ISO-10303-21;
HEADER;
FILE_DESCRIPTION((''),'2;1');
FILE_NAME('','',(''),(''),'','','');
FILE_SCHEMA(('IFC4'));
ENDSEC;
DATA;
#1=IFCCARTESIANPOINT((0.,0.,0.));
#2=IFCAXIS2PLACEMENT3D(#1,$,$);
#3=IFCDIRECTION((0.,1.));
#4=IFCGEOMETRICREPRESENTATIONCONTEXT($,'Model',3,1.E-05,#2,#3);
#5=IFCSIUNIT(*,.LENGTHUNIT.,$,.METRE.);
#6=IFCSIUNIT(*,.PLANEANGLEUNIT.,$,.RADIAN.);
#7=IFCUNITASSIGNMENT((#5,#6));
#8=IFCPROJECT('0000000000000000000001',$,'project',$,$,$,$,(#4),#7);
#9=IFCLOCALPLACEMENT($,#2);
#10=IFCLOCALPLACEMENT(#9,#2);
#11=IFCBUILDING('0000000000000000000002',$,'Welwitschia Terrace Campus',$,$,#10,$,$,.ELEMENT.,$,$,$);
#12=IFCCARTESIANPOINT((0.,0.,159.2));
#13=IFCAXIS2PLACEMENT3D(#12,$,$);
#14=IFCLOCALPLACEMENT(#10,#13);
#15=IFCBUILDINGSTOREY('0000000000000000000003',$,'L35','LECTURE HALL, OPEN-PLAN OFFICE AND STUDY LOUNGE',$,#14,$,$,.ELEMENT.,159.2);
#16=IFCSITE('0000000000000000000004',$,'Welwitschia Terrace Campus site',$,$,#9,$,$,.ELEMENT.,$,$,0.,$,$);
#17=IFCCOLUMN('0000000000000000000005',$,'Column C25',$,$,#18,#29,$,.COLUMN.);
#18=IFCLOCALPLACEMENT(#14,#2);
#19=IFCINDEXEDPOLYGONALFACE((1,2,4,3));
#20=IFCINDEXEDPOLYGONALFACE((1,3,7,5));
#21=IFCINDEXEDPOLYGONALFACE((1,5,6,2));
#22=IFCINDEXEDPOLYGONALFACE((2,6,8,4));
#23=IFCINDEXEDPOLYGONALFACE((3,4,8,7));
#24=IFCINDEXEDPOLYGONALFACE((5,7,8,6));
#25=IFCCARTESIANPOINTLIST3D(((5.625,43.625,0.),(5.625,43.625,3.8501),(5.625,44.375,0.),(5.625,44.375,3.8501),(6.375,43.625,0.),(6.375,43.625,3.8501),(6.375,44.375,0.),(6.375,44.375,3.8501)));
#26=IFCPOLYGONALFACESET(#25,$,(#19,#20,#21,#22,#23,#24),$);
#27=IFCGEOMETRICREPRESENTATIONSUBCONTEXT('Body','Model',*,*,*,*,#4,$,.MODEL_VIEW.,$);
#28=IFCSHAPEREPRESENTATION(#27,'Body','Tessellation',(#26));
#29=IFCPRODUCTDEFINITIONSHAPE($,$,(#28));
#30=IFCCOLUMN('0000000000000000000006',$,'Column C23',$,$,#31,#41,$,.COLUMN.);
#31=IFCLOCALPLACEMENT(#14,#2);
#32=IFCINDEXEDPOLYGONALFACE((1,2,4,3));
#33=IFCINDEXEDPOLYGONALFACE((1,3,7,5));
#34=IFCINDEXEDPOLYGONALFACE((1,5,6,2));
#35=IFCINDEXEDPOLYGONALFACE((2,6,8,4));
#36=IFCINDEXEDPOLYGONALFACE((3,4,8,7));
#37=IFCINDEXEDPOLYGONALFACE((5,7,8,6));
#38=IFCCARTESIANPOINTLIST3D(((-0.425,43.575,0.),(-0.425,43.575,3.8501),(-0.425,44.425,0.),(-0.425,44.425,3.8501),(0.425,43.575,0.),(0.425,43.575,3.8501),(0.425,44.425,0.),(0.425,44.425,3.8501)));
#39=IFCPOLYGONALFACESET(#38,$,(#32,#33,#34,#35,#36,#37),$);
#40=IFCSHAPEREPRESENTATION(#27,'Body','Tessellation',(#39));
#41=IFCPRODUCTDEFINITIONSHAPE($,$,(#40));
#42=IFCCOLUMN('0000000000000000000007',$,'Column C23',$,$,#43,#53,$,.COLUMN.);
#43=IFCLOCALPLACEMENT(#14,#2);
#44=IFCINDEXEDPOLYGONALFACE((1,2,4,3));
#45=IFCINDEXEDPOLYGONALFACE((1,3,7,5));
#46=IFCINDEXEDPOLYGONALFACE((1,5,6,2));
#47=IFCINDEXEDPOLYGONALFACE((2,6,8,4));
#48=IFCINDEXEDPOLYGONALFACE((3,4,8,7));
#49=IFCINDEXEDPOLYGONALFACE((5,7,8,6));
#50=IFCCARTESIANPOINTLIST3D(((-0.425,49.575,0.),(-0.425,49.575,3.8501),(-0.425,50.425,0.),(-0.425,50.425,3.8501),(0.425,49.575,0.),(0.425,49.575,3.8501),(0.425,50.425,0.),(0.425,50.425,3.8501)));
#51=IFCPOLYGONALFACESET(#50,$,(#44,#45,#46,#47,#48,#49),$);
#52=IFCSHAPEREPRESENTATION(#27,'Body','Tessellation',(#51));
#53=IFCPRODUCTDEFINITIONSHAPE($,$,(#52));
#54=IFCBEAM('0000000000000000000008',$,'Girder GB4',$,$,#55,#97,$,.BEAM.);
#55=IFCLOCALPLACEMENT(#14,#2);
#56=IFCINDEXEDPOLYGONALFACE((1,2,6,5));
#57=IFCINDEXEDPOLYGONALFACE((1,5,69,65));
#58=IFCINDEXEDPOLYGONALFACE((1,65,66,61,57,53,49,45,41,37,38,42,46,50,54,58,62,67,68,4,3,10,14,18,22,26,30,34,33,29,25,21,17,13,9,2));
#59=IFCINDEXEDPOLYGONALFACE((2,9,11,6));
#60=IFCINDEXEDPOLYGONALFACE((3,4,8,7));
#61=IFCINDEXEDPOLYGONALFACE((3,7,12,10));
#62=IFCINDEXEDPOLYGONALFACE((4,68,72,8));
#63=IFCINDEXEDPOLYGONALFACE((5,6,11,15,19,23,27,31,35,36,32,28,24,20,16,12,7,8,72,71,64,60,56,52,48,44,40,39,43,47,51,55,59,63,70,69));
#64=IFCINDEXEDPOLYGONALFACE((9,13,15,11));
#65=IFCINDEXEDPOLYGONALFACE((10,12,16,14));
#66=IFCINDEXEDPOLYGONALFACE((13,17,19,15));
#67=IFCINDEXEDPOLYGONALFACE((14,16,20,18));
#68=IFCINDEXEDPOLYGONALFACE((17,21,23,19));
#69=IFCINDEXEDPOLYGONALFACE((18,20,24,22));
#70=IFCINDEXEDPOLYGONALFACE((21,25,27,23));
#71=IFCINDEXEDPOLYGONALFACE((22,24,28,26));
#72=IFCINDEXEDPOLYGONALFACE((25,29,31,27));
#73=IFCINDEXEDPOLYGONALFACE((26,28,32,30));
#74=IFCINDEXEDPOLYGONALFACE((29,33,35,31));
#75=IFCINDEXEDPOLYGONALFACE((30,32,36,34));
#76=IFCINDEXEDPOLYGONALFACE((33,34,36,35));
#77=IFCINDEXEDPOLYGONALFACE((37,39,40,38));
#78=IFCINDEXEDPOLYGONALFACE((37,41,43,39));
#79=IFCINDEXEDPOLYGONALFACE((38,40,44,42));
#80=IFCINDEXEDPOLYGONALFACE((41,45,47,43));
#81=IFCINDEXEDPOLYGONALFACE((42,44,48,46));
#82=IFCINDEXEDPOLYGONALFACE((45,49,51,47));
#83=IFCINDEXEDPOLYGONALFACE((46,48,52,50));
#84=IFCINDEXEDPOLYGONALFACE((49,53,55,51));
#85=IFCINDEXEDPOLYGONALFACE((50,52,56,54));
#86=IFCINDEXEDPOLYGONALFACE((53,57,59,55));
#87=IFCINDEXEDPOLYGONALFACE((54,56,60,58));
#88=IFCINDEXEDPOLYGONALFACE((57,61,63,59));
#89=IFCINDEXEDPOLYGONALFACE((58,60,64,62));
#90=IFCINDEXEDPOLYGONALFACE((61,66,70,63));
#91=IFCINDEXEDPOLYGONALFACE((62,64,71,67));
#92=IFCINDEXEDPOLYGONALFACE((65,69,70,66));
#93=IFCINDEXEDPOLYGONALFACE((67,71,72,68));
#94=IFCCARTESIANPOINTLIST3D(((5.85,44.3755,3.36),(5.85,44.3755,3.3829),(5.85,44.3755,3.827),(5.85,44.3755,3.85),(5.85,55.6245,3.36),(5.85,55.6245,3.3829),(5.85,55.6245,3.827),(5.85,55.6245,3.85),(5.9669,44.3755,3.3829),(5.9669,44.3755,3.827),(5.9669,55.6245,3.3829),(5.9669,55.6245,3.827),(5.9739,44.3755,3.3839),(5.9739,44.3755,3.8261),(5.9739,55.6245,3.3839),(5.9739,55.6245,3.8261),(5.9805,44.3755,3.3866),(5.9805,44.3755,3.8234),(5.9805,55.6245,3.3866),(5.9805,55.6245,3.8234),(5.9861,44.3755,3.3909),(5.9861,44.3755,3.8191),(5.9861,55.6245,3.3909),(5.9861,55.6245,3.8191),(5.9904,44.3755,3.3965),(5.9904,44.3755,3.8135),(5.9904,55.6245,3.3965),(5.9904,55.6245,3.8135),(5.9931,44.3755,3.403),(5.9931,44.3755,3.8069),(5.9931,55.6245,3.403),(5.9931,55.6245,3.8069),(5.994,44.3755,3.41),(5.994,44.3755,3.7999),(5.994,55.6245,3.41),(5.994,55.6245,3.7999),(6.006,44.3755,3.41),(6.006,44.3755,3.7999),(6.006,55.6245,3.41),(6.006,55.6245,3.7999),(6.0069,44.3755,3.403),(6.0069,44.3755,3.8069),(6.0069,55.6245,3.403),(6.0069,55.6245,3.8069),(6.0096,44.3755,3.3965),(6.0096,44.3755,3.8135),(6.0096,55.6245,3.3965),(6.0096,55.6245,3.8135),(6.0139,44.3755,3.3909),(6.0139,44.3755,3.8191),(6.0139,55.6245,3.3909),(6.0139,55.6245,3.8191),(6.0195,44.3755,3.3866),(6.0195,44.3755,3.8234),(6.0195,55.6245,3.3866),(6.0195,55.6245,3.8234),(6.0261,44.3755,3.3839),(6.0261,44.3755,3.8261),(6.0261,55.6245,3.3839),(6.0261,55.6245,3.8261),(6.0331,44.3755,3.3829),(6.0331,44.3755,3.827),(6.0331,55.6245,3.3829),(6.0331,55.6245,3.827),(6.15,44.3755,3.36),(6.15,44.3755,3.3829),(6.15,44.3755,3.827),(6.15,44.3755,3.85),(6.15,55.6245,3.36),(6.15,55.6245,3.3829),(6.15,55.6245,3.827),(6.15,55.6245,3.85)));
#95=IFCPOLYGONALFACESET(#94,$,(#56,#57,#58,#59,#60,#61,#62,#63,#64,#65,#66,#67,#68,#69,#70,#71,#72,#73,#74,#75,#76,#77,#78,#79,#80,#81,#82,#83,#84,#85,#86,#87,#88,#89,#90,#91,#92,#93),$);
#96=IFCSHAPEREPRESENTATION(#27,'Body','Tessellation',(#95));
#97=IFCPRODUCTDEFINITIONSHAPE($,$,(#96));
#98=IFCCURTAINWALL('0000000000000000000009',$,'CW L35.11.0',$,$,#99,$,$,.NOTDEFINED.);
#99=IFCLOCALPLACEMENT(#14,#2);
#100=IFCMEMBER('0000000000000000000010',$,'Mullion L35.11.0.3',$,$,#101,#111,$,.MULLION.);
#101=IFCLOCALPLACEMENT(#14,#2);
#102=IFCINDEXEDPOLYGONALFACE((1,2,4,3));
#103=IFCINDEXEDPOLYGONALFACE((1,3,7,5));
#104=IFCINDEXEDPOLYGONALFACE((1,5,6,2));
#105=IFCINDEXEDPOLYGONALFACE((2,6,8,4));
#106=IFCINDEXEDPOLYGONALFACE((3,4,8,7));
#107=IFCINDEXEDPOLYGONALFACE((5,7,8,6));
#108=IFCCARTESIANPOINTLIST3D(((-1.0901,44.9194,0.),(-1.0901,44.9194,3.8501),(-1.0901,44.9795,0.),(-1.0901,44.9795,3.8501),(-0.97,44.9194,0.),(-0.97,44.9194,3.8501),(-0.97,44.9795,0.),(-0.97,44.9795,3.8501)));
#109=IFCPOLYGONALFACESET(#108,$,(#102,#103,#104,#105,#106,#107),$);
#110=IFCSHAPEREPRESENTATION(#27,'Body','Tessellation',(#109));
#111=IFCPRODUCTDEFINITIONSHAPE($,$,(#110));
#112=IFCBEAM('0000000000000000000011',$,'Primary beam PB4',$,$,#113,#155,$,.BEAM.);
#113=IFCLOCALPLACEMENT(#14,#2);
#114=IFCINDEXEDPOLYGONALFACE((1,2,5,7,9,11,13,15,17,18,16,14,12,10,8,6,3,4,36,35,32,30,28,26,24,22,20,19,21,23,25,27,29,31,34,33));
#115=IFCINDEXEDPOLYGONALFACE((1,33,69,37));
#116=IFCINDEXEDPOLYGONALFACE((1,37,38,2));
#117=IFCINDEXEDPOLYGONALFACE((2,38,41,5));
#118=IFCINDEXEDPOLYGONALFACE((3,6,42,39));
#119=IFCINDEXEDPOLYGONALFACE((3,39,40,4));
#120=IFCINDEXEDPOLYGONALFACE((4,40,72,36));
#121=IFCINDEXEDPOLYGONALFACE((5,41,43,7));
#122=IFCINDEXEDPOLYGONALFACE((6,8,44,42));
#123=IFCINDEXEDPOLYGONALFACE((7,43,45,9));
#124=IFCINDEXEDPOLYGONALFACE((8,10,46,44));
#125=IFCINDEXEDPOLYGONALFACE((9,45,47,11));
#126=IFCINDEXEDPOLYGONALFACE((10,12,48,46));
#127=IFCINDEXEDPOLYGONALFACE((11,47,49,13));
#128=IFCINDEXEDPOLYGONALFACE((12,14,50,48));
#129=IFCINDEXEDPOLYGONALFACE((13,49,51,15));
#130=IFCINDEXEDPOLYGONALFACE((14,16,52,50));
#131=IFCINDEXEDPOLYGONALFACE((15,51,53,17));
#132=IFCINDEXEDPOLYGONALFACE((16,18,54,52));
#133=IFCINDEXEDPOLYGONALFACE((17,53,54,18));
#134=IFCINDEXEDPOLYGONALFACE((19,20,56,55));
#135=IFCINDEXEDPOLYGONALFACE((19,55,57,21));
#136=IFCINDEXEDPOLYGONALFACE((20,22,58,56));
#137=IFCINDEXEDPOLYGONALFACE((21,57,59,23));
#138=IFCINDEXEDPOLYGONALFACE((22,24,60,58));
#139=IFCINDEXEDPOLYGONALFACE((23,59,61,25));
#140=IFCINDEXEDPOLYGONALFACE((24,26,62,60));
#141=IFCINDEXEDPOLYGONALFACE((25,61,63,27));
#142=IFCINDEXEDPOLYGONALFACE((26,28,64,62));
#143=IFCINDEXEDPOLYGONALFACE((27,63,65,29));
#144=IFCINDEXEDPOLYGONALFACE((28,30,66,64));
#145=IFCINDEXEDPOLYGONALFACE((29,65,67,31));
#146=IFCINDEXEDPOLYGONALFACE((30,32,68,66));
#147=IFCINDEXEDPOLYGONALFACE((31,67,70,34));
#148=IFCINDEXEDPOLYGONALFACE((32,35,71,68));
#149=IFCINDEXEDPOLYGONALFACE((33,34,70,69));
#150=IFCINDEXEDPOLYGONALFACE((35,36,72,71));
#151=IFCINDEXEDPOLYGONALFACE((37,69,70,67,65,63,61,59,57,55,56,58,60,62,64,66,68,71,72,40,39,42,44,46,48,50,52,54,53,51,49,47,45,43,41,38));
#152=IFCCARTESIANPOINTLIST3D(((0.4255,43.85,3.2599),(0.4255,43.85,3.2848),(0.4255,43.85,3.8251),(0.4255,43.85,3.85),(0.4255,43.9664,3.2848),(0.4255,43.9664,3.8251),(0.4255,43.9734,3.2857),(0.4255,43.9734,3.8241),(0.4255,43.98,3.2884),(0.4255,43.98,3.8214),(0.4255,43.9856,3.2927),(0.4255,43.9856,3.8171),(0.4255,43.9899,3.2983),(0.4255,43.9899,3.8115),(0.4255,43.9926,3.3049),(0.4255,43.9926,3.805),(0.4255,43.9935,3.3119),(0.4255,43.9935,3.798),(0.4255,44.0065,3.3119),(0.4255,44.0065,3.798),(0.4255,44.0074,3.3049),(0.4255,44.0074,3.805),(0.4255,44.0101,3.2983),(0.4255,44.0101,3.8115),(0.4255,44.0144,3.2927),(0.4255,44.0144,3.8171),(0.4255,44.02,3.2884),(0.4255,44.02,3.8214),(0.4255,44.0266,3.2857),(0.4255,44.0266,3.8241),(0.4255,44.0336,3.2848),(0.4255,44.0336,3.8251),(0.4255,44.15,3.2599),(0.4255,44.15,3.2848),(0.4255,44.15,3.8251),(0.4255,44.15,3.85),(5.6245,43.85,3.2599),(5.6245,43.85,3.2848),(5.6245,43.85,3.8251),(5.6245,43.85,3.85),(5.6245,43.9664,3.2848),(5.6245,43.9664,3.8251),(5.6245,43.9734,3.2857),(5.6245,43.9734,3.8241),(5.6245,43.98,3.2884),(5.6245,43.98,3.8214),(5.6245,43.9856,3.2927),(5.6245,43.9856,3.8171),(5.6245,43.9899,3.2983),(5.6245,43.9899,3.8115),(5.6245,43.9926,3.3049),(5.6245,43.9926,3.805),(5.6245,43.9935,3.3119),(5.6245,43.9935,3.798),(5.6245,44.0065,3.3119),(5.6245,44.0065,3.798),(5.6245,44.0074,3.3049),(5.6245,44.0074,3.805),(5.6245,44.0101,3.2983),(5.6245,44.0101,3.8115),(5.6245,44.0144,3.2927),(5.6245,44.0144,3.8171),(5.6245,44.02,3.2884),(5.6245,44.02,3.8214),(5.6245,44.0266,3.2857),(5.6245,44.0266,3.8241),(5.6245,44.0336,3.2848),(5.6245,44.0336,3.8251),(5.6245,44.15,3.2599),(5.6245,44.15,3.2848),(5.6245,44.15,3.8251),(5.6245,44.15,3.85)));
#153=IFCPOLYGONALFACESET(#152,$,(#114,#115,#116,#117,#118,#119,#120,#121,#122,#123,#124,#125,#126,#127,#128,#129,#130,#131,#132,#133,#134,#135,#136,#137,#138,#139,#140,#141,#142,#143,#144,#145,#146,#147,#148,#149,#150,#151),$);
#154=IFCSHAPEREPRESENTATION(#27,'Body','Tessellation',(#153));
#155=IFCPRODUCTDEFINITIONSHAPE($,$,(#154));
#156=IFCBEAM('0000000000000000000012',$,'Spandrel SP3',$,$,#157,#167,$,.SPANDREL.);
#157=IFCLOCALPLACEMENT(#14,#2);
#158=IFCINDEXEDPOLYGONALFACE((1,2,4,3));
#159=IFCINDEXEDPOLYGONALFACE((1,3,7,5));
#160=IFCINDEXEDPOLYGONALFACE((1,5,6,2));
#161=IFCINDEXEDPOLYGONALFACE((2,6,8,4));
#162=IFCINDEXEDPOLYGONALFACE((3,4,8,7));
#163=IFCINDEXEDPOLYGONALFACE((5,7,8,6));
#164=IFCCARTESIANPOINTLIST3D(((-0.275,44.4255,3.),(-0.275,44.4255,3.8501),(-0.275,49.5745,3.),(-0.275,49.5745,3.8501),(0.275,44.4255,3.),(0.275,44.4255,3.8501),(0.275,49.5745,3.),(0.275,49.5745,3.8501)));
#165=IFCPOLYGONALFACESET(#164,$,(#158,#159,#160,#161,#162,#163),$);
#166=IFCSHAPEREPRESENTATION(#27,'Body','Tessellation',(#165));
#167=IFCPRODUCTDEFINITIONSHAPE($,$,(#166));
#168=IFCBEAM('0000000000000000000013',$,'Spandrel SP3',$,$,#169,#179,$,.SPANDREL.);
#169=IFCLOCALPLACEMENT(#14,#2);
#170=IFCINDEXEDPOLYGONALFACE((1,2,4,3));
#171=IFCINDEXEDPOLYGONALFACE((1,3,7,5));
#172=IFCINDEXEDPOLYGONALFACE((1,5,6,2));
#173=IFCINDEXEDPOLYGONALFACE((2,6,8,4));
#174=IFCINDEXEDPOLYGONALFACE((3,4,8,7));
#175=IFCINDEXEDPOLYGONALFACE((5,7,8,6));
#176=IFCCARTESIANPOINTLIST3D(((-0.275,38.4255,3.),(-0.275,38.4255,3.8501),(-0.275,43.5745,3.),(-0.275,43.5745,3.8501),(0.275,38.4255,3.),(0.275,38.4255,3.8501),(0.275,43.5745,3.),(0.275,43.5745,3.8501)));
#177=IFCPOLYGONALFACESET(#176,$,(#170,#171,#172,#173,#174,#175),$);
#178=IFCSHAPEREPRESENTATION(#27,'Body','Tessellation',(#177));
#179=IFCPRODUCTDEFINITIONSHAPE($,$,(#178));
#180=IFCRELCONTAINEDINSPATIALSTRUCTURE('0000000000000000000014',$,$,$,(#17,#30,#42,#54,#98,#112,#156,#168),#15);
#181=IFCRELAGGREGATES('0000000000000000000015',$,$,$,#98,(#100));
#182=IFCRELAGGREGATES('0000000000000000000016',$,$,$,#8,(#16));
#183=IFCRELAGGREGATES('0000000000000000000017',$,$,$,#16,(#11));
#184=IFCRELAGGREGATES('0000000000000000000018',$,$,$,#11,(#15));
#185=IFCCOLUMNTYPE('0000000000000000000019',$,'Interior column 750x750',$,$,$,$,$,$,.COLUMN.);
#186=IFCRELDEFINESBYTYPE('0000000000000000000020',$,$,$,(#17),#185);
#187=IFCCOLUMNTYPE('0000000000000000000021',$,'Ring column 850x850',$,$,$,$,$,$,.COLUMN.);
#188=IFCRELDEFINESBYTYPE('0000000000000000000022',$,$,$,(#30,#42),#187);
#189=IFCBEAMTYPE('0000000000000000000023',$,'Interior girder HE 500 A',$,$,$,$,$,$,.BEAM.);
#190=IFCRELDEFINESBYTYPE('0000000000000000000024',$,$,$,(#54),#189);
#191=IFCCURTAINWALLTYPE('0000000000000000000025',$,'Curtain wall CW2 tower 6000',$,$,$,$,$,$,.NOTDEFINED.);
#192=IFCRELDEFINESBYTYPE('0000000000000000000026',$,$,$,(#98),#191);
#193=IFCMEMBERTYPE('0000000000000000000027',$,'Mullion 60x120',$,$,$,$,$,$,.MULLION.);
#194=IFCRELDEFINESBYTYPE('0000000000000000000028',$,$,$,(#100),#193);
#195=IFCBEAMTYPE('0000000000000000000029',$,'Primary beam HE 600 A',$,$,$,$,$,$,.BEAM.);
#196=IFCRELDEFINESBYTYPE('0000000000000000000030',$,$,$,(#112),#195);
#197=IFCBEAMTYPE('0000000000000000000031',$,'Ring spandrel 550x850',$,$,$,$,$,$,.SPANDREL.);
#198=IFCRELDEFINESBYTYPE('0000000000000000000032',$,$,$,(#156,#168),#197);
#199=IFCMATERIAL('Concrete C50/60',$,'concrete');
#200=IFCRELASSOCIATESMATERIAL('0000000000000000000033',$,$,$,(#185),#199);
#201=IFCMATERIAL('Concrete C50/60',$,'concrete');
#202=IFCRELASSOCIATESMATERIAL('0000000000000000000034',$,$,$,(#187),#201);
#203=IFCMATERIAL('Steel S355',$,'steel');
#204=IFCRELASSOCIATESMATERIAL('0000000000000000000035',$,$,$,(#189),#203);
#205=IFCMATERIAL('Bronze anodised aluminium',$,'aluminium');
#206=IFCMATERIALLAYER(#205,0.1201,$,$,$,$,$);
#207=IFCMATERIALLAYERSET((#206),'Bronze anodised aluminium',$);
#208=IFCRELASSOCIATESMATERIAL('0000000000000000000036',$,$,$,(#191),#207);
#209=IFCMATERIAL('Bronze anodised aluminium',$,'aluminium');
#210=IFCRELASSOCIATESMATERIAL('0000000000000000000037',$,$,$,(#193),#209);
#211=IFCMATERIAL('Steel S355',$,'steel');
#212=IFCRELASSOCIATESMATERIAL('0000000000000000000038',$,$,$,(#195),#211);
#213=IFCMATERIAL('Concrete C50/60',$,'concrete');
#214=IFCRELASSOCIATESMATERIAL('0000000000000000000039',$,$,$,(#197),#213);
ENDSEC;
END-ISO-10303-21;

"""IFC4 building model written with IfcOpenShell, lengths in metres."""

from ifc_helpers import new_model, si_unit, direction, frame, origin, origin_2d, place, context, subcontext, project, spatial, rectangle, i_section, extrude, material, layer, layer_set, material_profile, profile_set, type_object, element, aggregate, save


model = new_model("IFC4")

# Units and contexts
model_context = context("Model", 3, precision=1e-05, world=origin(), true_north=direction((0.0, 1.0)))
body_context = subcontext(model_context, "Body", "Model", "MODEL_VIEW")
ifc_project = project(units=[si_unit("LENGTHUNIT", "METRE"), si_unit("PLANEANGLEUNIT", "RADIAN")], contexts=[model_context])

# Site, building, storey
site_placement = place(None, origin())
site = spatial("IfcSite", under=ifc_project, at=site_placement, Name="Welwitschia Terrace Campus site", CompositionType="ELEMENT", RefElevation=0.0)
building_placement = place(site_placement, origin())
building = spatial("IfcBuilding", under=site, at=building_placement, Name="Welwitschia Terrace Campus", CompositionType="ELEMENT")
storey_placement = place(building_placement, frame((0.0, 0.0, 159.2)))
storey = spatial("IfcBuildingStorey", under=building, at=storey_placement, Name="L35", Description="LECTURE HALL, OPEN-PLAN OFFICE AND STUDY LOUNGE", CompositionType="ELEMENT", Elevation=159.2)

# Columns
ifc_material_1 = material(Name="Concrete C50/60", Category="concrete")
ifc_material_profile_1 = material_profile(ifc_material_1, rectangle(XDim=0.75, YDim=0.75, at=origin_2d()))
ifc_profile_set_1 = profile_set([ifc_material_profile_1], Name="Concrete C50/60")
column_type_1 = type_object("IfcColumnType", Name="Interior column 750x750", PredefinedType="COLUMN", material=ifc_profile_set_1)
column_placement = place(storey_placement, frame((6.0, 44.0, 0.0), z_axis=(0.0, 0.0, 1.0), x_axis=(1.0, 0.0, 0.0)))
element("IfcColumn", 1, at=column_placement, inside=storey, type_object=column_type_1, Name="Column C25", PredefinedType="COLUMN", context=body_context, shape_type="SweptSolid", body=[
    extrude(rectangle(XDim=0.75, YDim=0.75, at=origin_2d()), origin(), (0.0, 0.0, 1.0), 3.8501),
])
ifc_material_2 = material(Name="Concrete C50/60", Category="concrete")
ifc_material_profile_2 = material_profile(ifc_material_2, rectangle(XDim=0.8501, YDim=0.8501, at=origin_2d()))
ifc_profile_set_2 = profile_set([ifc_material_profile_2], Name="Concrete C50/60")
column_type_2 = type_object("IfcColumnType", Name="Ring column 850x850", PredefinedType="COLUMN", material=ifc_profile_set_2)
for number, where, z_axis, x_axis, name in (
    (2, (0.0, 44.0, 0.0), (0.0, 0.0, 1.0), (1.0, 0.0, 0.0), "Column C23"),
    (3, (0.0, 50.0, 0.0), (0.0, 0.0, 1.0), (1.0, 0.0, 0.0), "Column C23"),
):
    element("IfcColumn", number, at=place(storey_placement, frame(where, z_axis=z_axis, x_axis=x_axis)), inside=storey, type_object=column_type_2, Name=name, PredefinedType="COLUMN", context=body_context, shape_type="SweptSolid", body=[
        extrude(rectangle(XDim=0.8501, YDim=0.8501, at=origin_2d()), origin(), (0.0, 0.0, 1.0), 3.8501),
    ])

# Beam
ifc_material_3 = material(Name="Steel S355", Category="steel")
ifc_material_profile_3 = material_profile(ifc_material_3, i_section(OverallWidth=0.3, OverallDepth=0.49, WebThickness=0.012, FlangeThickness=0.0229, FilletRadius=0.0271, at=origin_2d()))
ifc_profile_set_3 = profile_set([ifc_material_profile_3], Name="Steel S355")
beam_type_1 = type_object("IfcBeamType", Name="Interior girder HE 500 A", PredefinedType="BEAM", material=ifc_profile_set_3)
beam_1_placement = place(storey_placement, frame((6.0, 44.3755, 3.605), z_axis=(0.0, 1.0, 0.0), x_axis=(-1.0, 0.0, 0.0)))
element("IfcBeam", 4, at=beam_1_placement, inside=storey, type_object=beam_type_1, Name="Girder GB4", PredefinedType="BEAM", context=body_context, shape_type="SweptSolid", body=[
    extrude(i_section(OverallWidth=0.3, OverallDepth=0.49, WebThickness=0.012, FlangeThickness=0.0229, FilletRadius=0.0271, at=origin_2d()), origin(), (0.0, 0.0, 1.0), 11.249),
])

# Curtain wall, member
ifc_material_4 = material(Name="Bronze anodised aluminium", Category="aluminium")
ifc_layer_1 = layer(ifc_material_4, 0.1201)
ifc_layer_set_1 = layer_set([ifc_layer_1], Name="Bronze anodised aluminium")
curtain_wall_type = type_object("IfcCurtainWallType", Name="Curtain wall CW2 tower 6000", PredefinedType="NOTDEFINED", material=ifc_layer_set_1)
curtain_wall_placement = place(storey_placement, origin())
curtain_wall = element("IfcCurtainWall", 5, at=curtain_wall_placement, inside=storey, type_object=curtain_wall_type, Name="CW L35.11.0", PredefinedType="NOTDEFINED")
ifc_material_5 = material(Name="Bronze anodised aluminium", Category="aluminium")
ifc_material_profile_4 = material_profile(ifc_material_5, rectangle(XDim=0.1201, YDim=0.0601, at=origin_2d()))
ifc_profile_set_4 = profile_set([ifc_material_profile_4], Name="Bronze anodised aluminium")
member_type = type_object("IfcMemberType", Name="Mullion 60x120", PredefinedType="MULLION", material=ifc_profile_set_4)
member_placement = place(storey_placement, frame((-1.03, 44.9495, 0.0), z_axis=(0.0, 0.0, 1.0), x_axis=(1.0, 0.0, 0.0)))
member = element("IfcMember", 6, at=member_placement, type_object=member_type, Name="Mullion L35.11.0.3", PredefinedType="MULLION", context=body_context, shape_type="SweptSolid", body=[
    extrude(rectangle(XDim=0.1201, YDim=0.0601, at=origin_2d()), origin(), (0.0, 0.0, 1.0), 3.8501),
])

# Beams
ifc_material_6 = material(Name="Steel S355", Category="steel")
ifc_material_profile_5 = material_profile(ifc_material_6, i_section(OverallWidth=0.3, OverallDepth=0.5901, WebThickness=0.0129, FlangeThickness=0.0249, FilletRadius=0.0271, at=origin_2d()))
ifc_profile_set_5 = profile_set([ifc_material_profile_5], Name="Steel S355")
beam_type_2 = type_object("IfcBeamType", Name="Primary beam HE 600 A", PredefinedType="BEAM", material=ifc_profile_set_5)
beam_2_placement = place(storey_placement, frame((0.4255, 44.0, 3.5549), z_axis=(1.0, 0.0, 0.0), x_axis=(0.0, 1.0, 0.0)))
element("IfcBeam", 7, at=beam_2_placement, inside=storey, type_object=beam_type_2, Name="Primary beam PB4", PredefinedType="BEAM", context=body_context, shape_type="SweptSolid", body=[
    extrude(i_section(OverallWidth=0.3, OverallDepth=0.5901, WebThickness=0.0129, FlangeThickness=0.0249, FilletRadius=0.0271, at=origin_2d()), origin(), (0.0, 0.0, 1.0), 5.199),
])
ifc_material_7 = material(Name="Concrete C50/60", Category="concrete")
ifc_material_profile_6 = material_profile(ifc_material_7, rectangle(XDim=0.55, YDim=0.8501, at=origin_2d()))
ifc_profile_set_6 = profile_set([ifc_material_profile_6], Name="Concrete C50/60")
beam_type_3 = type_object("IfcBeamType", Name="Ring spandrel 550x850", PredefinedType="SPANDREL", material=ifc_profile_set_6)
for number, where, z_axis, x_axis, name in (
    (8, (0.0, 49.5745, 3.425), (0.0, -1.0, 0.0), (1.0, 0.0, 0.0), "Spandrel SP3"),
    (9, (0.0, 43.5745, 3.425), (0.0, -1.0, 0.0), (1.0, 0.0, 0.0), "Spandrel SP3"),
):
    element("IfcBeam", number, at=place(storey_placement, frame(where, z_axis=z_axis, x_axis=x_axis)), inside=storey, type_object=beam_type_3, Name=name, PredefinedType="SPANDREL", context=body_context, shape_type="SweptSolid", body=[
        extrude(rectangle(XDim=0.55, YDim=0.8501, at=origin_2d()), origin(), (0.0, 0.0, 1.0), 5.1489),
    ])

aggregate(curtain_wall, [member])

save(model, "model.ifc")
